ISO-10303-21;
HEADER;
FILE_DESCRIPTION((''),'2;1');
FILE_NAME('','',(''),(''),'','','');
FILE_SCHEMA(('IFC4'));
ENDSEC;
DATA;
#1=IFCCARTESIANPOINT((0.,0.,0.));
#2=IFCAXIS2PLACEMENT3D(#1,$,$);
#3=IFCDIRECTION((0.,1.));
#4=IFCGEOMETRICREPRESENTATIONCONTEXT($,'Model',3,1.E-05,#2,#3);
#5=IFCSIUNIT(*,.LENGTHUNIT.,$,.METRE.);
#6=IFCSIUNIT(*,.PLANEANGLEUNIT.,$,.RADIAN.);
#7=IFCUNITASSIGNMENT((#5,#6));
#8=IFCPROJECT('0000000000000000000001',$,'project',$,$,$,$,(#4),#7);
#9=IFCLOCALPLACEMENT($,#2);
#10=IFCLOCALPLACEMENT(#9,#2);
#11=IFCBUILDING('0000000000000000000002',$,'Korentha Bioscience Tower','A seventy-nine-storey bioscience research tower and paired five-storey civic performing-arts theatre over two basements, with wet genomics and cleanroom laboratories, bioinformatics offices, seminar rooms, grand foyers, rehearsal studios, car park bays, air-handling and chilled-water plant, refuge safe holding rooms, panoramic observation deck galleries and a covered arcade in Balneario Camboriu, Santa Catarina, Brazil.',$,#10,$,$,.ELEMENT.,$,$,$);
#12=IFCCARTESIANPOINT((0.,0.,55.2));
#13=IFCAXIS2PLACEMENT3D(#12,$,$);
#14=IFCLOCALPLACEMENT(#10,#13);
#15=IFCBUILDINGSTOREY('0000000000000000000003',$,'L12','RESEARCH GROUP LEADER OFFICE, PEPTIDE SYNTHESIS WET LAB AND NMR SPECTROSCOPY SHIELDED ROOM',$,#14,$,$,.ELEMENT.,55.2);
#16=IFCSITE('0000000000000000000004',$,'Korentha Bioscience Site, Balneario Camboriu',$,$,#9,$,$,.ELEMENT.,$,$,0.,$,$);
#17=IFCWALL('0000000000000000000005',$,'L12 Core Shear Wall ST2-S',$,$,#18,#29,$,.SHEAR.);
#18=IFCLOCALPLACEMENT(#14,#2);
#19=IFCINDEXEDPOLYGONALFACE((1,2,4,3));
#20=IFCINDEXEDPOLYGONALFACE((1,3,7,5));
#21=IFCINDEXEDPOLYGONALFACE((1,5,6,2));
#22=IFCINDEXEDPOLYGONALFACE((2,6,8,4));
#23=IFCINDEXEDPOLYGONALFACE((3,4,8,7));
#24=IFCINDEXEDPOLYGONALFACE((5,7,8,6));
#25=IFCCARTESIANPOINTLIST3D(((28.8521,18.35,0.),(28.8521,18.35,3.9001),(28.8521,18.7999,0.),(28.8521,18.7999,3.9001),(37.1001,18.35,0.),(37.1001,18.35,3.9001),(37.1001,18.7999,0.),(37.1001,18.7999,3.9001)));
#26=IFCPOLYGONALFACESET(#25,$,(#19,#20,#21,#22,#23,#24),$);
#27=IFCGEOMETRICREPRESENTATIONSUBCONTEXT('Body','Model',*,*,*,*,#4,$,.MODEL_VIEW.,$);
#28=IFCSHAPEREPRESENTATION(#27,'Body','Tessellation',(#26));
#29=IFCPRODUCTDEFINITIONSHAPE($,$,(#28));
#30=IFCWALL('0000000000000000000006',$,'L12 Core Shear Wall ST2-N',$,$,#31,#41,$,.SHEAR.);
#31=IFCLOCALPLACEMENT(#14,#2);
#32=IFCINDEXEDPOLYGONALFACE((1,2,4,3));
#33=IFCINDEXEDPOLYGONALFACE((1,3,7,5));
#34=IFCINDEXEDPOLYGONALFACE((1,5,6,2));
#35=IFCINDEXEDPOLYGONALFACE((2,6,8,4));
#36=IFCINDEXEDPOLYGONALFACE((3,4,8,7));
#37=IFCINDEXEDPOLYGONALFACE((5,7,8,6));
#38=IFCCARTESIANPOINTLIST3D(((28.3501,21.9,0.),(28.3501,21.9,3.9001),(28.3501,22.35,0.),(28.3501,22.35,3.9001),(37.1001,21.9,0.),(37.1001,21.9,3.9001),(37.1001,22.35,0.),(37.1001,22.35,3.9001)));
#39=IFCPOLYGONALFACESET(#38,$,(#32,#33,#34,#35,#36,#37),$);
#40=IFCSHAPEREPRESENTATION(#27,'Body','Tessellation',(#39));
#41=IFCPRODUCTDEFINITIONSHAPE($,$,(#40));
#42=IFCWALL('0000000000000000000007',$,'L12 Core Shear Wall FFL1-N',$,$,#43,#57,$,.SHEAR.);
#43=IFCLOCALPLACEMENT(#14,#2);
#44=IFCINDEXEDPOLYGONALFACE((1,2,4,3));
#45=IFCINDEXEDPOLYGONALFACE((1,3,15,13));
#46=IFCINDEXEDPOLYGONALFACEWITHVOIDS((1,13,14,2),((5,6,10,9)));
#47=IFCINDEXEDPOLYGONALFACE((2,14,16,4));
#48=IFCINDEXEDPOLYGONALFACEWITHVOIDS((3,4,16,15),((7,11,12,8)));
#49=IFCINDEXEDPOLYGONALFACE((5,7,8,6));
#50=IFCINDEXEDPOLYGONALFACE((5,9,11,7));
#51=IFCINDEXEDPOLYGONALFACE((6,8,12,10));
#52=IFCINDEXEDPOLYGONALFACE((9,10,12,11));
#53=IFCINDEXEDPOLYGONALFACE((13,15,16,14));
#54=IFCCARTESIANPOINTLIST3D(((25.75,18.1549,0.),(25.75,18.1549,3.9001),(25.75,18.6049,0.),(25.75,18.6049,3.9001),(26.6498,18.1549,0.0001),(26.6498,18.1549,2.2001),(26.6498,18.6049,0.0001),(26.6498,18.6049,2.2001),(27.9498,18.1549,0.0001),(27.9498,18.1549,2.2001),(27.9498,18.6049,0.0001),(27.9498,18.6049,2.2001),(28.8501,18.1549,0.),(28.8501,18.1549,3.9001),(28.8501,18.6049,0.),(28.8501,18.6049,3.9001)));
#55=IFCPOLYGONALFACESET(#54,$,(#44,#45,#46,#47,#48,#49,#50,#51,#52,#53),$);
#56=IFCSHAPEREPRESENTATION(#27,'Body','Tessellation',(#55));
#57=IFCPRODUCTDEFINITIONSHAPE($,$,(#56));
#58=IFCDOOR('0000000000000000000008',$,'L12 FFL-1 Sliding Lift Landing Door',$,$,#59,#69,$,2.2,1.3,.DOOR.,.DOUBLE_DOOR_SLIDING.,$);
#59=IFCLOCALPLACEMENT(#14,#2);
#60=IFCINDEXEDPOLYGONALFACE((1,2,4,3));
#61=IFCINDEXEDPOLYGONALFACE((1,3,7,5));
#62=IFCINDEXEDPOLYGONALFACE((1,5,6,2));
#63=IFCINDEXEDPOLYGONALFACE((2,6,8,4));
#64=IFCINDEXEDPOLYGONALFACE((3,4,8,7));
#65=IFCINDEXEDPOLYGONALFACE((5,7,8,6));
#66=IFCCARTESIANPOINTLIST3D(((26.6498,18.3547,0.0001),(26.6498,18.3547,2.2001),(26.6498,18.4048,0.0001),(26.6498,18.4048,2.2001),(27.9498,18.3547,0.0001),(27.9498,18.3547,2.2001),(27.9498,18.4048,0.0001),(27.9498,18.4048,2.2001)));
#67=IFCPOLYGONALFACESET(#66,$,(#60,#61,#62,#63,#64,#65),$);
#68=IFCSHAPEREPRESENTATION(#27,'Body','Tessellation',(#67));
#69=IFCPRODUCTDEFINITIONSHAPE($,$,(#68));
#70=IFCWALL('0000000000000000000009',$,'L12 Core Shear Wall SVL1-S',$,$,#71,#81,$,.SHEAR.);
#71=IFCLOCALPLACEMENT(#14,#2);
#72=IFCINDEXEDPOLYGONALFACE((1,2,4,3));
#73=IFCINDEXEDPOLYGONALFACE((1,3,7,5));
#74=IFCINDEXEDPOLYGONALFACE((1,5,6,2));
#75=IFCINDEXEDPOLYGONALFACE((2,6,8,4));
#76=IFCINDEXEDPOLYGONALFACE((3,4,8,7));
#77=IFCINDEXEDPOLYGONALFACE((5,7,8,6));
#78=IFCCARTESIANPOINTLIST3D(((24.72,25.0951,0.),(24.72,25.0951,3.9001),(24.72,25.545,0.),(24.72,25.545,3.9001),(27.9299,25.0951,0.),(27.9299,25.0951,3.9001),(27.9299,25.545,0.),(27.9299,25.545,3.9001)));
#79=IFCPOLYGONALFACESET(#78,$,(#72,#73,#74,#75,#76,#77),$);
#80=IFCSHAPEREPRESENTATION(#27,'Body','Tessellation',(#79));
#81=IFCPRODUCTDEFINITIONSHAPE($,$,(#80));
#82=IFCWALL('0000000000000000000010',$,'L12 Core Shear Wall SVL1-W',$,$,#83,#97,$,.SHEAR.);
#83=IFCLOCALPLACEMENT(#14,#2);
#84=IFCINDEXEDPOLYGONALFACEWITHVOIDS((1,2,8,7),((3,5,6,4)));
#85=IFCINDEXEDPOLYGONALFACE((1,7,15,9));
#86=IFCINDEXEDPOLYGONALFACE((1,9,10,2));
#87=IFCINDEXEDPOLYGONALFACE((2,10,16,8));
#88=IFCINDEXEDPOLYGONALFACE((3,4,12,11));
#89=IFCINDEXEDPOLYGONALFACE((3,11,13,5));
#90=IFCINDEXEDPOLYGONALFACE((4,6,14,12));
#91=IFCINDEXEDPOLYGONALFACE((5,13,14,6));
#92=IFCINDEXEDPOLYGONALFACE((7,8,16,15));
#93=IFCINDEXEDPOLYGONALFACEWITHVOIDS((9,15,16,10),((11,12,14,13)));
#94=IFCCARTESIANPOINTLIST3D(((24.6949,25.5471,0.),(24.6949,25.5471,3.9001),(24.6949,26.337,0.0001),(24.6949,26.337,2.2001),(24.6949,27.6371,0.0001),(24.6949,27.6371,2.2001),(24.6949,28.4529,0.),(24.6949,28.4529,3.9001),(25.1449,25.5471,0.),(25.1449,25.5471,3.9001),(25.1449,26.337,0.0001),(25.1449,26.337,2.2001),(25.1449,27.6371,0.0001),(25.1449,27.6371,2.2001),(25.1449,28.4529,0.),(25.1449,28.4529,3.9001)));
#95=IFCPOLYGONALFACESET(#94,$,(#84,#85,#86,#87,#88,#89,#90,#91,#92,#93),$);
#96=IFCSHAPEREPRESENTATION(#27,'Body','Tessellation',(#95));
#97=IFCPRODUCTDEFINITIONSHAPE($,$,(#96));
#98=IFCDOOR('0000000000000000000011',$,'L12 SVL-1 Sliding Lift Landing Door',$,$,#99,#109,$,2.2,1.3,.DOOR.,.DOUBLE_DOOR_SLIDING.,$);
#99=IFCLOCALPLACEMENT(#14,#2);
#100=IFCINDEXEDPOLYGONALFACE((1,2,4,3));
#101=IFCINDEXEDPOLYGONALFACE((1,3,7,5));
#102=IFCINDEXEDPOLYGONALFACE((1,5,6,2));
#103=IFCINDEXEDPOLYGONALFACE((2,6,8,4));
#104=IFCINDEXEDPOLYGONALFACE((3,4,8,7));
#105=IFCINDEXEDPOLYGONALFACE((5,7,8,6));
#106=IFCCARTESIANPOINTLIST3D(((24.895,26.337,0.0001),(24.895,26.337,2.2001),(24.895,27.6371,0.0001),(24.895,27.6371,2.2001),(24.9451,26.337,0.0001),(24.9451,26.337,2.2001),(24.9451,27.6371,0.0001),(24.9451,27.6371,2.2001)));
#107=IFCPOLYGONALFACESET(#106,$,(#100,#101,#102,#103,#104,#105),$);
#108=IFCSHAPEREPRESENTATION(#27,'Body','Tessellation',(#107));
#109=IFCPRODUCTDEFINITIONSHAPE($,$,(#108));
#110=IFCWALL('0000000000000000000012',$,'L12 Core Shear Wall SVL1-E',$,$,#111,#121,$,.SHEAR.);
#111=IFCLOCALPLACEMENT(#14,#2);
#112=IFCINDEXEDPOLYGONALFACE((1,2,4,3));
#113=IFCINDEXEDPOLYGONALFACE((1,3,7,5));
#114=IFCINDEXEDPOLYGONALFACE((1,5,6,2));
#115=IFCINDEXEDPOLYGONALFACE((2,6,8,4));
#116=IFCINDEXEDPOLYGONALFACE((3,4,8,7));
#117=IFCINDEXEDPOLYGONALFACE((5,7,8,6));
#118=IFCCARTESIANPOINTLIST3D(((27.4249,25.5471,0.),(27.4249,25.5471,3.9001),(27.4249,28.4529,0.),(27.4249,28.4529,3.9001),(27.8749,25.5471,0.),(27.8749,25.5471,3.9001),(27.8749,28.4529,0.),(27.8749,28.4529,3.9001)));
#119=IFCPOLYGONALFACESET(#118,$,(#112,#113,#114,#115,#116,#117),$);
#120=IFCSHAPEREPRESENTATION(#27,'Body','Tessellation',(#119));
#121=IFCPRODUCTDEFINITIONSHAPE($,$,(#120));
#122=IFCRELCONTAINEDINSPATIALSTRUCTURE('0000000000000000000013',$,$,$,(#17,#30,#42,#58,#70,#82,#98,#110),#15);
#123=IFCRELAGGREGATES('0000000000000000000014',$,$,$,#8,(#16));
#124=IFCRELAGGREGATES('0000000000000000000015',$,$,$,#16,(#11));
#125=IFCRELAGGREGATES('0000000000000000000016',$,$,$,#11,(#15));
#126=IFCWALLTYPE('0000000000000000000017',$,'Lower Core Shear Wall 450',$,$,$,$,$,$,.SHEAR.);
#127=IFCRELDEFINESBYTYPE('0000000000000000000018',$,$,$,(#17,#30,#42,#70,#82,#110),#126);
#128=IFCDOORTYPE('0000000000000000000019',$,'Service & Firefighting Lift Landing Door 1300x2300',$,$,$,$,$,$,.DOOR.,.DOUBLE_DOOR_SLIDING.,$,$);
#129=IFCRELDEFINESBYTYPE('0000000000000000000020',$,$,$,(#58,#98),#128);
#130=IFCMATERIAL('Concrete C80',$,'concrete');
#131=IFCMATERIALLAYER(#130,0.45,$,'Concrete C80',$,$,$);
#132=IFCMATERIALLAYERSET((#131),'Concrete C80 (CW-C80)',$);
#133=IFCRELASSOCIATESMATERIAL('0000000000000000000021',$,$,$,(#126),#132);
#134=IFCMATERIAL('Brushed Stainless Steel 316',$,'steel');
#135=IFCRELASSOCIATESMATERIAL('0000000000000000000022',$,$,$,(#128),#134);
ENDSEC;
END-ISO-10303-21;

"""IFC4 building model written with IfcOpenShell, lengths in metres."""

from ifc_helpers import new_model, si_unit, direction, frame, frame_2d, origin, place, context, subcontext, project, spatial, rectangle, extrude, material, layer, layer_set, type_object, element, fill, save


model = new_model("IFC4")

# Units and contexts
model_context = context("Model", 3, precision=1e-05, world=origin(), true_north=direction((0.0, 1.0)))
body_context = subcontext(model_context, "Body", "Model", "MODEL_VIEW")
ifc_project = project(units=[si_unit("LENGTHUNIT", "METRE"), si_unit("PLANEANGLEUNIT", "RADIAN")], contexts=[model_context])

# Site, building, storey
site_placement = place(None, origin())
site = spatial("IfcSite", under=ifc_project, at=site_placement, Name="Korentha Bioscience Site, Balneario Camboriu", CompositionType="ELEMENT", RefElevation=0.0)
building_placement = place(site_placement, origin())
building = spatial("IfcBuilding", under=site, at=building_placement, Name="Korentha Bioscience Tower", Description="A seventy-nine-storey bioscience research tower and paired five-storey civic performing-arts theatre over two basements, with wet genomics and cleanroom laboratories, bioinformatics offices, seminar rooms, grand foyers, rehearsal studios, car park bays, air-handling and chilled-water plant, refuge safe holding rooms, panoramic observation deck galleries and a covered arcade in Balneario Camboriu, Santa Catarina, Brazil.", CompositionType="ELEMENT")
storey_placement = place(building_placement, frame((0.0, 0.0, 55.2)))
storey = spatial("IfcBuildingStorey", under=building, at=storey_placement, Name="L12", Description="RESEARCH GROUP LEADER OFFICE, PEPTIDE SYNTHESIS WET LAB AND NMR SPECTROSCOPY SHIELDED ROOM", CompositionType="ELEMENT", Elevation=55.2)

# Walls
ifc_material_1 = material(Name="Concrete C80", Category="concrete")
ifc_layer_1 = layer(ifc_material_1, 0.45, Name="Concrete C80")
ifc_layer_set_1 = layer_set([ifc_layer_1], Name="Concrete C80 (CW-C80)")
wall_type_1 = type_object("IfcWallType", Name="Lower Core Shear Wall 450", PredefinedType="SHEAR", material=ifc_layer_set_1)
wall_1_placement = place(storey_placement, frame((28.8521, 18.575, 0.0), z_axis=(0.0, 0.0, 1.0), x_axis=(1.0, 0.0, 0.0)))
element("IfcWall", 1, at=wall_1_placement, inside=storey, type_object=wall_type_1, Name="L12 Core Shear Wall ST2-S", PredefinedType="SHEAR", context=body_context, shape_type="SweptSolid", body=[
    extrude(rectangle(XDim=8.248, YDim=0.45, at=frame_2d((4.124, 0.0))), origin(), (0.0, 0.0, 1.0), 3.9001),
])
wall_2_placement = place(storey_placement, frame((28.3501, 22.125, 0.0), z_axis=(0.0, 0.0, 1.0), x_axis=(1.0, 0.0, 0.0)))
element("IfcWall", 2, at=wall_2_placement, inside=storey, type_object=wall_type_1, Name="L12 Core Shear Wall ST2-N", PredefinedType="SHEAR", context=body_context, shape_type="SweptSolid", body=[
    extrude(rectangle(XDim=8.75, YDim=0.45, at=frame_2d((4.375, 0.0))), origin(), (0.0, 0.0, 1.0), 3.9001),
])

# Wall, opening, door
wall_3_placement = place(storey_placement, frame((25.75, 18.3799, 0.0), z_axis=(0.0, 0.0, 1.0), x_axis=(1.0, 0.0, 0.0)))
wall_3 = element("IfcWall", 3, at=wall_3_placement, inside=storey, type_object=wall_type_1, Name="L12 Core Shear Wall FFL1-N", PredefinedType="SHEAR", context=body_context, shape_type="SweptSolid", body=[
    extrude(rectangle(XDim=3.1001, YDim=0.45, at=frame_2d((1.55, 0.0))), origin(), (0.0, 0.0, 1.0), 3.9001),
])
opening_1_placement = place(wall_3_placement, frame((0.8999, 0.0, 0.0)))
opening_1 = element("IfcOpeningElement", 4, at=opening_1_placement, cuts=wall_3, PredefinedType="OPENING", context=body_context, shape_type="SweptSolid", body=[
    extrude(rectangle(XDim=1.3, YDim=2.2, at=frame_2d((0.6499, 1.1001))), frame((0.0, 0.2397, 0.0), z_axis=(0.0, -1.0, 0.0), x_axis=(1.0, 0.0, 0.0)), (0.0, 0.0, 1.0), 0.4797),
])
ifc_material_2 = material(Name="Brushed Stainless Steel 316", Category="steel")
door_type_1 = type_object("IfcDoorType", Name="Service & Firefighting Lift Landing Door 1300x2300", OperationType="DOUBLE_DOOR_SLIDING", PredefinedType="DOOR", material=ifc_material_2)
door_1_placement = place(opening_1_placement, origin())
door_1 = element("IfcDoor", 5, at=door_1_placement, inside=storey, type_object=door_type_1, Name="L12 FFL-1 Sliding Lift Landing Door", OperationType="DOUBLE_DOOR_SLIDING", OverallHeight=2.2, OverallWidth=1.3, PredefinedType="DOOR", context=body_context, shape_type="SweptSolid", body=[
    extrude(rectangle(XDim=1.3, YDim=2.2, at=frame_2d((0.6499, 1.1001))), frame((0.0, 0.0249, 0.0), z_axis=(0.0, -1.0, 0.0), x_axis=(1.0, 0.0, 0.0)), (0.0, 0.0, 1.0), 0.05),
])
fill(opening_1, door_1)

# Wall
wall_4_placement = place(storey_placement, frame((24.72, 25.3201, 0.0), z_axis=(0.0, 0.0, 1.0), x_axis=(1.0, 0.0, 0.0)))
element("IfcWall", 6, at=wall_4_placement, inside=storey, type_object=wall_type_1, Name="L12 Core Shear Wall SVL1-S", PredefinedType="SHEAR", context=body_context, shape_type="SweptSolid", body=[
    extrude(rectangle(XDim=3.21, YDim=0.45, at=frame_2d((1.605, 0.0))), origin(), (0.0, 0.0, 1.0), 3.9001),
])

# Wall, opening, door
wall_5_placement = place(storey_placement, frame((24.9199, 25.5471, 0.0), z_axis=(0.0, 0.0, 1.0), x_axis=(0.0, 1.0, 0.0)))
wall_5 = element("IfcWall", 7, at=wall_5_placement, inside=storey, type_object=wall_type_1, Name="L12 Core Shear Wall SVL1-W", PredefinedType="SHEAR", context=body_context, shape_type="SweptSolid", body=[
    extrude(rectangle(XDim=2.9058, YDim=0.45, at=frame_2d((1.4529, 0.0))), origin(), (0.0, 0.0, 1.0), 3.9001),
])
opening_2_placement = place(wall_5_placement, frame((0.79, 0.0, 0.0)))
opening_2 = element("IfcOpeningElement", 8, at=opening_2_placement, cuts=wall_5, PredefinedType="OPENING", context=body_context, shape_type="SweptSolid", body=[
    extrude(rectangle(XDim=1.3, YDim=2.2, at=frame_2d((0.6499, 1.1001))), frame((0.0, 0.2397, 0.0), z_axis=(0.0, -1.0, 0.0), x_axis=(1.0, 0.0, 0.0)), (0.0, 0.0, 1.0), 0.4797),
])
door_2_placement = place(opening_2_placement, origin())
door_2 = element("IfcDoor", 9, at=door_2_placement, inside=storey, type_object=door_type_1, Name="L12 SVL-1 Sliding Lift Landing Door", OperationType="DOUBLE_DOOR_SLIDING", OverallHeight=2.2, OverallWidth=1.3, PredefinedType="DOOR", context=body_context, shape_type="SweptSolid", body=[
    extrude(rectangle(XDim=1.3, YDim=2.2, at=frame_2d((0.6499, 1.1001))), frame((0.0, 0.0249, 0.0), z_axis=(0.0, -1.0, 0.0), x_axis=(1.0, 0.0, 0.0)), (0.0, 0.0, 1.0), 0.05),
])
fill(opening_2, door_2)

# Wall
wall_6_placement = place(storey_placement, frame((27.6499, 25.5471, 0.0), z_axis=(0.0, 0.0, 1.0), x_axis=(0.0, 1.0, 0.0)))
element("IfcWall", 10, at=wall_6_placement, inside=storey, type_object=wall_type_1, Name="L12 Core Shear Wall SVL1-E", PredefinedType="SHEAR", context=body_context, shape_type="SweptSolid", body=[
    extrude(rectangle(XDim=2.9058, YDim=0.45, at=frame_2d((1.4529, 0.0))), origin(), (0.0, 0.0, 1.0), 3.9001),
])

save(model, "model.ifc")
